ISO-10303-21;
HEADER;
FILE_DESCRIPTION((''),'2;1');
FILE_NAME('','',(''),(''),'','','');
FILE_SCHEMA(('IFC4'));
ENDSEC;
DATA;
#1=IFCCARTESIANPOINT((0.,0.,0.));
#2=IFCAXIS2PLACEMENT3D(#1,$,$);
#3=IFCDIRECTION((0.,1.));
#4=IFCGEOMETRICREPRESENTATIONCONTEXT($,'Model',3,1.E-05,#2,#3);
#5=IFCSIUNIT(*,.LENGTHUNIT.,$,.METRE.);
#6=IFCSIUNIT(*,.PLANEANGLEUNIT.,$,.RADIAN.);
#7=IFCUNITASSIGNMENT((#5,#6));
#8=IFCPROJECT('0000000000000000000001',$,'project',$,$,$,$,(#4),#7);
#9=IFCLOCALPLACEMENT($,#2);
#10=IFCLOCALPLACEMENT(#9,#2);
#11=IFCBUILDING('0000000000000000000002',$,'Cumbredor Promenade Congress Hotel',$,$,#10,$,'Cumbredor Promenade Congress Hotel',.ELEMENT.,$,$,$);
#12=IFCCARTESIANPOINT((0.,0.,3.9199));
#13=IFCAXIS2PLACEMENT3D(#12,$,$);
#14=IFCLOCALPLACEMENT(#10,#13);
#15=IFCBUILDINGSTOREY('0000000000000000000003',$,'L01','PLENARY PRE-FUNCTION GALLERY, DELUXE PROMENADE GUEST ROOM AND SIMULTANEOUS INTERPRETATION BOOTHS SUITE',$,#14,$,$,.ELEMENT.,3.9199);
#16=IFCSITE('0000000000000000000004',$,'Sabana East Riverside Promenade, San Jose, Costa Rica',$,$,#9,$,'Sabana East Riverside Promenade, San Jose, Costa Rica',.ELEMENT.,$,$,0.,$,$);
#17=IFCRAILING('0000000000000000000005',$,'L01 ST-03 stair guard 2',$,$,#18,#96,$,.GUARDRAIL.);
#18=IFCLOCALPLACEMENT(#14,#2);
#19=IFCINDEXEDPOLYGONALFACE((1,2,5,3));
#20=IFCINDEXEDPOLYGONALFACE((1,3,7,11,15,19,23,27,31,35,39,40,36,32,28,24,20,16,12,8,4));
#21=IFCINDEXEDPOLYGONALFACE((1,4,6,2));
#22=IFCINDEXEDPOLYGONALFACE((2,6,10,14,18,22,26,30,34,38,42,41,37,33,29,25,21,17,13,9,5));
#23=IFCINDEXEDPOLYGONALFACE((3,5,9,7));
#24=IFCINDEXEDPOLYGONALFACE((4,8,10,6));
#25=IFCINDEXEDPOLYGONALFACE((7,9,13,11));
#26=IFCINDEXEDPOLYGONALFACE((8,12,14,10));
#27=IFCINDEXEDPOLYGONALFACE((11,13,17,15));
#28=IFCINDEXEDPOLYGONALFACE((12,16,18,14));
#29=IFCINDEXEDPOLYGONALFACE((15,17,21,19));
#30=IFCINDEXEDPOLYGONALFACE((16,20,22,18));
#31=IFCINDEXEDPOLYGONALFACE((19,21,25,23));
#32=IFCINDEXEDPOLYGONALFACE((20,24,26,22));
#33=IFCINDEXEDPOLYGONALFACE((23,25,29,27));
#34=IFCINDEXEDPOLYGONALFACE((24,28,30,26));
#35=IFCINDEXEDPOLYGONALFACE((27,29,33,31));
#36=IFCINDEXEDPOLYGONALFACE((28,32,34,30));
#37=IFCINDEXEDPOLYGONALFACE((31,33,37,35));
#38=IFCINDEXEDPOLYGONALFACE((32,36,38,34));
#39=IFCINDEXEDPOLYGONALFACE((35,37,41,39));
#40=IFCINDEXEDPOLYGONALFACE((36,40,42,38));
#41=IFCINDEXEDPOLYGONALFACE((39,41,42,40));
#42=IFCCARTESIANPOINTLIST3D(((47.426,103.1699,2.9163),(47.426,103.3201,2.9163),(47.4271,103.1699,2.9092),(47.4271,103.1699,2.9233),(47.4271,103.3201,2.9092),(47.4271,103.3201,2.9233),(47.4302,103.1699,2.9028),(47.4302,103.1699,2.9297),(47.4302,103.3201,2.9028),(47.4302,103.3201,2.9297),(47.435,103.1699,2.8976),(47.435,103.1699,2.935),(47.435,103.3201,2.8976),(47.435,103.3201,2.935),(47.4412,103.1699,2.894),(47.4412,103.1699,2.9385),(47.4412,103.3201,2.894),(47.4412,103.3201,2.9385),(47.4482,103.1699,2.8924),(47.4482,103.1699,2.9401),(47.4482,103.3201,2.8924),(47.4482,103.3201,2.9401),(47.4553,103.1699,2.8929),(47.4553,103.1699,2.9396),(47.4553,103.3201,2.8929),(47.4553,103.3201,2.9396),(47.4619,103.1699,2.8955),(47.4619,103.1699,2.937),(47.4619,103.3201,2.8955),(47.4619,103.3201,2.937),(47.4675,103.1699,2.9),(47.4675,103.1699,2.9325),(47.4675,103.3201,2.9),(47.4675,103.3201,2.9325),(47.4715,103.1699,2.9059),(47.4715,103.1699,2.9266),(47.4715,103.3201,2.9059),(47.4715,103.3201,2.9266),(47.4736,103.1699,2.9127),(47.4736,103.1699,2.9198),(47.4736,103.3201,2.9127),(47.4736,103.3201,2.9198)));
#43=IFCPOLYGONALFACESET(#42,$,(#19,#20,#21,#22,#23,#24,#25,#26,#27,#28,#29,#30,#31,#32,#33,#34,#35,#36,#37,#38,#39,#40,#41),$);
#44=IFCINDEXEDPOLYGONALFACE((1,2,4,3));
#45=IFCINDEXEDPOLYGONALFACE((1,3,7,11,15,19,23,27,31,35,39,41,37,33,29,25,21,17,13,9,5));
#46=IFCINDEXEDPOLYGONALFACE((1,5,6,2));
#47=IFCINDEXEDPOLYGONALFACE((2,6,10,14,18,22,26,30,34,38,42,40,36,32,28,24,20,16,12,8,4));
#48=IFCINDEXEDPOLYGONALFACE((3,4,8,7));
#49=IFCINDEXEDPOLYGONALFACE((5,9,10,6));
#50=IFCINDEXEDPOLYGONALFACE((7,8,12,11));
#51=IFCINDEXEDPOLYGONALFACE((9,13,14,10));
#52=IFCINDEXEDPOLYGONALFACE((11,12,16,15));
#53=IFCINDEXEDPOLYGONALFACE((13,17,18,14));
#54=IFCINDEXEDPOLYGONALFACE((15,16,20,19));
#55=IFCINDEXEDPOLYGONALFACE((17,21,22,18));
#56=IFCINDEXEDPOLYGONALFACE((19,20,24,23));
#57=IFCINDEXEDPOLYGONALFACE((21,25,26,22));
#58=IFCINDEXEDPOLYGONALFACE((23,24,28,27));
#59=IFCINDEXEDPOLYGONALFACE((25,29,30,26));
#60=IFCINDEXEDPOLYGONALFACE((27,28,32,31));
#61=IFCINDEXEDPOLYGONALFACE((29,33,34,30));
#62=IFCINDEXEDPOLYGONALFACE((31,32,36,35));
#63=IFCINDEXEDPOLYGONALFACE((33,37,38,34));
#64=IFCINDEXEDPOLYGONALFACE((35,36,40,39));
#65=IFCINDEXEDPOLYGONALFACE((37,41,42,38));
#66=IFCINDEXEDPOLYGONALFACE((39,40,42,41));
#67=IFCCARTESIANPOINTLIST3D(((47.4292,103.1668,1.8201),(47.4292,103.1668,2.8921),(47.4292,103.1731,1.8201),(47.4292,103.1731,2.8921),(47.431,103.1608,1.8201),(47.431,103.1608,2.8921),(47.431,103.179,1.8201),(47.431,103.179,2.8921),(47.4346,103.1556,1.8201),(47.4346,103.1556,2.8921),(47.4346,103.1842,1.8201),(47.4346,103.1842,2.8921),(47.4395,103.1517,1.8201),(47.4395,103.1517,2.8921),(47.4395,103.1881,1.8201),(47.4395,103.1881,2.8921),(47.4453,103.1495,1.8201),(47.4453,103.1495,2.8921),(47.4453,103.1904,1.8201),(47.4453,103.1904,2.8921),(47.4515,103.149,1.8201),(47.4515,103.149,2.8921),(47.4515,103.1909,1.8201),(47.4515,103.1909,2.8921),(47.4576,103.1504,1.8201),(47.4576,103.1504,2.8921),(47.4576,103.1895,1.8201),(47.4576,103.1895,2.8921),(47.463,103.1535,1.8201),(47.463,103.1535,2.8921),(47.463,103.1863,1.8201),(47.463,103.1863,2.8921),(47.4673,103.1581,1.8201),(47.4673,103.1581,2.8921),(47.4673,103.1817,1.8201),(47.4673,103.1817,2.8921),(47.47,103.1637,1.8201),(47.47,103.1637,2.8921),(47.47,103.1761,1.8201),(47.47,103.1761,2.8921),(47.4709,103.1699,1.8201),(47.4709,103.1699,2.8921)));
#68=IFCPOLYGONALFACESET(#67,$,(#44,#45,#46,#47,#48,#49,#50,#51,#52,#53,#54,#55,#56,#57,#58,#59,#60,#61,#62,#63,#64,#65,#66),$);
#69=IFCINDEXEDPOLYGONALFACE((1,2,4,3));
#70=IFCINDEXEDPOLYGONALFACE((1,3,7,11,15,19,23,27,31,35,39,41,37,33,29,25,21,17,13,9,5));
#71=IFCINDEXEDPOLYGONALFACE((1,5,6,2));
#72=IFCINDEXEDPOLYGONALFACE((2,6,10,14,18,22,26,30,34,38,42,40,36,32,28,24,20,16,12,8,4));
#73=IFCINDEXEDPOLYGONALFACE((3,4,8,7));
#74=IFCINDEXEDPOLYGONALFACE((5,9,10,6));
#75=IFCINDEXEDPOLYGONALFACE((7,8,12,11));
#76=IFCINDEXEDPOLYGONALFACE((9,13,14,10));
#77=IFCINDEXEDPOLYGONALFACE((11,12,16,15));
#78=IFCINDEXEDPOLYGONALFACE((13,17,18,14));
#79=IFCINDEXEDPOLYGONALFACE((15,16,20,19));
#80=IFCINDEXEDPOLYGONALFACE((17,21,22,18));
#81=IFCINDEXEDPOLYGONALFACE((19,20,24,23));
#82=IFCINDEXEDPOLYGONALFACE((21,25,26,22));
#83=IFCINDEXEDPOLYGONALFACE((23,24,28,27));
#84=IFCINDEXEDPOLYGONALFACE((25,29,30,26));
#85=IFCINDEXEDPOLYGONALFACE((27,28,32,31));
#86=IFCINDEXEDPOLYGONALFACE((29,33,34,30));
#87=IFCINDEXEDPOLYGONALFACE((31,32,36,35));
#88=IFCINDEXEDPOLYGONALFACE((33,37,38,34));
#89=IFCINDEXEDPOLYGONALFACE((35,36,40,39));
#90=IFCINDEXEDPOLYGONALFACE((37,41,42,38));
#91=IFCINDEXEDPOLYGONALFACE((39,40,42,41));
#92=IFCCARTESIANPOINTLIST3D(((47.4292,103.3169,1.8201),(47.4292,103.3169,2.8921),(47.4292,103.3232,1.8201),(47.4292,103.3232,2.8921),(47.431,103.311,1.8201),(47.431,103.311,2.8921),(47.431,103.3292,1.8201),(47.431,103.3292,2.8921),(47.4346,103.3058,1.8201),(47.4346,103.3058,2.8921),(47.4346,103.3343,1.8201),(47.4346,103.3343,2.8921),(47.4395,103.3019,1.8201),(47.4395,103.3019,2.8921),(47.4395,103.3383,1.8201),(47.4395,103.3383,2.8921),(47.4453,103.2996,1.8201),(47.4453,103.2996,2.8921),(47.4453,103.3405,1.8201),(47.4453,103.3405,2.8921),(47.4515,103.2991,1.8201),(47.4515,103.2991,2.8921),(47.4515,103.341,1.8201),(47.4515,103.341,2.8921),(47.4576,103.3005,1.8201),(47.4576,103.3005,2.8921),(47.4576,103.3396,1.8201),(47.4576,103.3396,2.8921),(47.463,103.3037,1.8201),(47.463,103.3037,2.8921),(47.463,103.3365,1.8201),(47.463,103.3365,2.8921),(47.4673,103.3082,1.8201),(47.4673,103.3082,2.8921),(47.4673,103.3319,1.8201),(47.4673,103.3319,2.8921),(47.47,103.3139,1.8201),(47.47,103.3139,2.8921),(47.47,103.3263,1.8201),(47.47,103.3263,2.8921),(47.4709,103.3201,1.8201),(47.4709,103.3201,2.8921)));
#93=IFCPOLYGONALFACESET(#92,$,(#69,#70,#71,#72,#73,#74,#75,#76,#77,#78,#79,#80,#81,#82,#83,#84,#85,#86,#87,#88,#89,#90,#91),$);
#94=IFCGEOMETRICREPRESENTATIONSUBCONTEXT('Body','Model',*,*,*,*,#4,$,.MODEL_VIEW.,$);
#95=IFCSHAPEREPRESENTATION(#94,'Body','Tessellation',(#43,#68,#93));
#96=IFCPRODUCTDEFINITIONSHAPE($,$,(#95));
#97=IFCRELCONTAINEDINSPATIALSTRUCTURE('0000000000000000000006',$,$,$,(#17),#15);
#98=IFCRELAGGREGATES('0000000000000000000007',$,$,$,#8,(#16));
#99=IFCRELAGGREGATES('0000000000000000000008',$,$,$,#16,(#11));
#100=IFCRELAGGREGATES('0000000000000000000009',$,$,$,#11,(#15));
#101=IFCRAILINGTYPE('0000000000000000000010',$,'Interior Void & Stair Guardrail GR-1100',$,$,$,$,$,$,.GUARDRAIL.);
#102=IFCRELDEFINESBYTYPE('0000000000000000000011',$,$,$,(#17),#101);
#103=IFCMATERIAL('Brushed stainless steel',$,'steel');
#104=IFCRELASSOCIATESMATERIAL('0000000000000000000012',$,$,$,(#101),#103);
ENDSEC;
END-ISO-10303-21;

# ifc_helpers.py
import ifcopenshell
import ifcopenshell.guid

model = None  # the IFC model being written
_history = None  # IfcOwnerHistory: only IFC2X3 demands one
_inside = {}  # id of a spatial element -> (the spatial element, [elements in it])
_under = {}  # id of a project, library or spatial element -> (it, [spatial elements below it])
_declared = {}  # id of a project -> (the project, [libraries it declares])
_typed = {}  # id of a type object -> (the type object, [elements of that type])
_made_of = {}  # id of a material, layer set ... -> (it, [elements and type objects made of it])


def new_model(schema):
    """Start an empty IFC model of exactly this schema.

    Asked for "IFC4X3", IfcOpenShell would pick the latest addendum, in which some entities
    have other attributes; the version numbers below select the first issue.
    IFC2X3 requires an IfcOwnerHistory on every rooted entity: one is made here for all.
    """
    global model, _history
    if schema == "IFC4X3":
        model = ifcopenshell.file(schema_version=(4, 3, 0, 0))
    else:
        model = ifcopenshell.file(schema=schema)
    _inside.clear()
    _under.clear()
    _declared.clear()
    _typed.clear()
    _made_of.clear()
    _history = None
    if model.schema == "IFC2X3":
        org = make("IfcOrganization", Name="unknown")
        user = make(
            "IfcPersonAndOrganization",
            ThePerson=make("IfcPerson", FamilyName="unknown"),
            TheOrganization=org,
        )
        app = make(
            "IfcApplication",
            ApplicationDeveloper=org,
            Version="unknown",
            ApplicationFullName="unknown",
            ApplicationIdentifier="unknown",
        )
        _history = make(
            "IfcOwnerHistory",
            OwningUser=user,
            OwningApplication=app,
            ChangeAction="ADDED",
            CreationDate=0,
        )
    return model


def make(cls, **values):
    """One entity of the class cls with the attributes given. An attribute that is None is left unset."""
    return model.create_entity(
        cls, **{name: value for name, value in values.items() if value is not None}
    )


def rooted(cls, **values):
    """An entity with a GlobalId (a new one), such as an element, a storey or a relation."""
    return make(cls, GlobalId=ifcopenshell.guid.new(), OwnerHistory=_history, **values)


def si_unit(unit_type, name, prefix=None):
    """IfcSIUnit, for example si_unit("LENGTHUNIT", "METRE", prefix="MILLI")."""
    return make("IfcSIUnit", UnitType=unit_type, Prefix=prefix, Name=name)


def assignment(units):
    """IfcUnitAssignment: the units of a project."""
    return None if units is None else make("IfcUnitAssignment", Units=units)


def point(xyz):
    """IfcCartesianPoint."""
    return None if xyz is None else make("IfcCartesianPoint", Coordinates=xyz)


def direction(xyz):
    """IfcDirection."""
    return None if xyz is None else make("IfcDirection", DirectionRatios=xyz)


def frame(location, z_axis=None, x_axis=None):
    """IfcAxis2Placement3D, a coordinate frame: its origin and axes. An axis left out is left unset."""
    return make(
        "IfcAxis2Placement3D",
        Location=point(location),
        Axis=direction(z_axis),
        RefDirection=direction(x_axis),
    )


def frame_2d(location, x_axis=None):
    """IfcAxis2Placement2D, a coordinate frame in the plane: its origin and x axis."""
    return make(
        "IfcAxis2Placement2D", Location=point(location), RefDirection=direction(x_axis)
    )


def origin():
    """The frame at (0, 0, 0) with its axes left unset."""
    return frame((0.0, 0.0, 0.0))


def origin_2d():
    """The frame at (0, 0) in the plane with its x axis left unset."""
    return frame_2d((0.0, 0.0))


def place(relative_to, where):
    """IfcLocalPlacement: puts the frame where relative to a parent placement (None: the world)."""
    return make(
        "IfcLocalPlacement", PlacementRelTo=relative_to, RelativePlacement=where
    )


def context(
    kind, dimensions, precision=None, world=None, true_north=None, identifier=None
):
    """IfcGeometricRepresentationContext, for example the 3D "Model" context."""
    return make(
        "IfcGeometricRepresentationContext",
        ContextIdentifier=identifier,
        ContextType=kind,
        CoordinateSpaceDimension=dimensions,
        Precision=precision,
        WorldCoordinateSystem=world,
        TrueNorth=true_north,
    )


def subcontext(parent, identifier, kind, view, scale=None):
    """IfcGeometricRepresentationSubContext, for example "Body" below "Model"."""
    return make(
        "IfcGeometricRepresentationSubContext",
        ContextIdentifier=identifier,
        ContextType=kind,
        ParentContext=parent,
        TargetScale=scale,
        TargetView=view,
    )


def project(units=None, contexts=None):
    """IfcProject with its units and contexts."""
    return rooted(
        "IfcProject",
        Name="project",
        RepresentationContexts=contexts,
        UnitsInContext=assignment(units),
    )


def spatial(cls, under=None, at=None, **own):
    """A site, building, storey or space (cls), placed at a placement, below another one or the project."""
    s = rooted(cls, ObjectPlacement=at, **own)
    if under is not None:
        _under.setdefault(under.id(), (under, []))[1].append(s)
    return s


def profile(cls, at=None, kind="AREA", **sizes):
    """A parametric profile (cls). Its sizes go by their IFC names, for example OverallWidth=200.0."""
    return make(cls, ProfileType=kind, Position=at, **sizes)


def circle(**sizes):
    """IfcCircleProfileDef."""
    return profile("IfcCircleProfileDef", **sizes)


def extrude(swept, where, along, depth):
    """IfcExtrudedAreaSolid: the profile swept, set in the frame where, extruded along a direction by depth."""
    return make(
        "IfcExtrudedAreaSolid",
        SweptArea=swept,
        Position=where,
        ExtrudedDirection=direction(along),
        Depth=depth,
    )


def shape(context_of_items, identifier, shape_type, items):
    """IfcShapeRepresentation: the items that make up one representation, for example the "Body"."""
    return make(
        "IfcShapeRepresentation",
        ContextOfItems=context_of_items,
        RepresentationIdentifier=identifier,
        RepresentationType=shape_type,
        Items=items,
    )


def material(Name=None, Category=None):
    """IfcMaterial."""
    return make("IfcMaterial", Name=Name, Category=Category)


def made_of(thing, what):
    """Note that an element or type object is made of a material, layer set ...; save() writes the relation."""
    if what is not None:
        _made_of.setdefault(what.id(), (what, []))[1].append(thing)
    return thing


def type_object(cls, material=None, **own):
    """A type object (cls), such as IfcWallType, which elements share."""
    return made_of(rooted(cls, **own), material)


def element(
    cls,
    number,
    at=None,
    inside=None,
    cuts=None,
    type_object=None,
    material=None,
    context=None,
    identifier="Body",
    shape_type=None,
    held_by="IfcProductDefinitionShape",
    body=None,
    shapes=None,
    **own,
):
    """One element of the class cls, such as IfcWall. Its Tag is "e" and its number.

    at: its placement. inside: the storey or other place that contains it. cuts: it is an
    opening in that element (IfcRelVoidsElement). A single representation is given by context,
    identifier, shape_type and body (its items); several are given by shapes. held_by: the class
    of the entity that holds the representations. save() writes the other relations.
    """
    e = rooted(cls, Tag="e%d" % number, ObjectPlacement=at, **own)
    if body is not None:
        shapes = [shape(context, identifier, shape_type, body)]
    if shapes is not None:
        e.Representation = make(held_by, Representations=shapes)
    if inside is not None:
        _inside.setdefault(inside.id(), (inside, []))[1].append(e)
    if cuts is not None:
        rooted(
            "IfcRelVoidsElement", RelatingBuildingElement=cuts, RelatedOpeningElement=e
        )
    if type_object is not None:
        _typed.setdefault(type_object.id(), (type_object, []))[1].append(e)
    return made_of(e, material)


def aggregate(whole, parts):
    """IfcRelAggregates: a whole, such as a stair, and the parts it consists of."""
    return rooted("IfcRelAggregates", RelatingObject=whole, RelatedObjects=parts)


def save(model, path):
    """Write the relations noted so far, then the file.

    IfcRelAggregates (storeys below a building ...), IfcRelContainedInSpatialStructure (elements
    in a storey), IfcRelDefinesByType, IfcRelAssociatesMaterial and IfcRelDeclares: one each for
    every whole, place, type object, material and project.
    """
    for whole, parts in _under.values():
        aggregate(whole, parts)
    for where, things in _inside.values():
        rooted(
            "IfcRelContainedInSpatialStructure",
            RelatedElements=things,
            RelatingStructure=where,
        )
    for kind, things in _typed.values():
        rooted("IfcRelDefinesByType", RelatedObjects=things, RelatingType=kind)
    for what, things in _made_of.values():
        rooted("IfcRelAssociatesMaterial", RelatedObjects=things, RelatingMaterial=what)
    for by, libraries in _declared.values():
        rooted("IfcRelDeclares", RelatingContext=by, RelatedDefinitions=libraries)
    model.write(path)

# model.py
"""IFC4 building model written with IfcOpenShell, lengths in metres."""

from ifc_helpers import new_model, si_unit, direction, frame, origin, origin_2d, place, context, subcontext, project, spatial, circle, extrude, material, type_object, element, save


model = new_model("IFC4")

# Units and contexts
model_context = context("Model", 3, precision=1e-05, world=origin(), true_north=direction((0.0, 1.0)))
body_context = subcontext(model_context, "Body", "Model", "MODEL_VIEW")
ifc_project = project(units=[si_unit("LENGTHUNIT", "METRE"), si_unit("PLANEANGLEUNIT", "RADIAN")], contexts=[model_context])

# Site, building, storey
site_placement = place(None, origin())
site = spatial("IfcSite", under=ifc_project, at=site_placement, Name="Sabana East Riverside Promenade, San Jose, Costa Rica", LongName="Sabana East Riverside Promenade, San Jose, Costa Rica", CompositionType="ELEMENT", RefElevation=0.0)
building_placement = place(site_placement, origin())
building = spatial("IfcBuilding", under=site, at=building_placement, Name="Cumbredor Promenade Congress Hotel", LongName="Cumbredor Promenade Congress Hotel", CompositionType="ELEMENT")
storey_placement = place(building_placement, frame((0.0, 0.0, 3.9199)))
storey = spatial("IfcBuildingStorey", under=building, at=storey_placement, Name="L01", Description="PLENARY PRE-FUNCTION GALLERY, DELUXE PROMENADE GUEST ROOM AND SIMULTANEOUS INTERPRETATION BOOTHS SUITE", CompositionType="ELEMENT", Elevation=3.9199)

# Railing
ifc_material_1 = material(Name="Brushed stainless steel", Category="steel")
railing_type_1 = type_object("IfcRailingType", Name="Interior Void & Stair Guardrail GR-1100", PredefinedType="GUARDRAIL", material=ifc_material_1)
railing_1_placement = place(storey_placement, frame((47.45, 103.1699, 1.8201)))
element("IfcRailing", 1, at=railing_1_placement, inside=storey, type_object=railing_type_1, Name="L01 ST-03 stair guard 2", PredefinedType="GUARDRAIL", context=body_context, shape_type="SweptSolid", body=[
    extrude(circle(Radius=0.0239, at=origin_2d()), frame((0.0, 0.0, 1.0962), z_axis=(0.0, 1.0, 0.0), x_axis=(-1.0, 0.0, 0.0)), (0.0, 0.0, 1.0), 0.1501),
    extrude(circle(Radius=0.021, at=origin_2d()), origin(), (0.0, 0.0, 1.0), 1.072),
    extrude(circle(Radius=0.021, at=origin_2d()), frame((0.0, 0.1501, 0.0)), (0.0, 0.0, 1.0), 1.072),
])

save(model, "model.ifc")
